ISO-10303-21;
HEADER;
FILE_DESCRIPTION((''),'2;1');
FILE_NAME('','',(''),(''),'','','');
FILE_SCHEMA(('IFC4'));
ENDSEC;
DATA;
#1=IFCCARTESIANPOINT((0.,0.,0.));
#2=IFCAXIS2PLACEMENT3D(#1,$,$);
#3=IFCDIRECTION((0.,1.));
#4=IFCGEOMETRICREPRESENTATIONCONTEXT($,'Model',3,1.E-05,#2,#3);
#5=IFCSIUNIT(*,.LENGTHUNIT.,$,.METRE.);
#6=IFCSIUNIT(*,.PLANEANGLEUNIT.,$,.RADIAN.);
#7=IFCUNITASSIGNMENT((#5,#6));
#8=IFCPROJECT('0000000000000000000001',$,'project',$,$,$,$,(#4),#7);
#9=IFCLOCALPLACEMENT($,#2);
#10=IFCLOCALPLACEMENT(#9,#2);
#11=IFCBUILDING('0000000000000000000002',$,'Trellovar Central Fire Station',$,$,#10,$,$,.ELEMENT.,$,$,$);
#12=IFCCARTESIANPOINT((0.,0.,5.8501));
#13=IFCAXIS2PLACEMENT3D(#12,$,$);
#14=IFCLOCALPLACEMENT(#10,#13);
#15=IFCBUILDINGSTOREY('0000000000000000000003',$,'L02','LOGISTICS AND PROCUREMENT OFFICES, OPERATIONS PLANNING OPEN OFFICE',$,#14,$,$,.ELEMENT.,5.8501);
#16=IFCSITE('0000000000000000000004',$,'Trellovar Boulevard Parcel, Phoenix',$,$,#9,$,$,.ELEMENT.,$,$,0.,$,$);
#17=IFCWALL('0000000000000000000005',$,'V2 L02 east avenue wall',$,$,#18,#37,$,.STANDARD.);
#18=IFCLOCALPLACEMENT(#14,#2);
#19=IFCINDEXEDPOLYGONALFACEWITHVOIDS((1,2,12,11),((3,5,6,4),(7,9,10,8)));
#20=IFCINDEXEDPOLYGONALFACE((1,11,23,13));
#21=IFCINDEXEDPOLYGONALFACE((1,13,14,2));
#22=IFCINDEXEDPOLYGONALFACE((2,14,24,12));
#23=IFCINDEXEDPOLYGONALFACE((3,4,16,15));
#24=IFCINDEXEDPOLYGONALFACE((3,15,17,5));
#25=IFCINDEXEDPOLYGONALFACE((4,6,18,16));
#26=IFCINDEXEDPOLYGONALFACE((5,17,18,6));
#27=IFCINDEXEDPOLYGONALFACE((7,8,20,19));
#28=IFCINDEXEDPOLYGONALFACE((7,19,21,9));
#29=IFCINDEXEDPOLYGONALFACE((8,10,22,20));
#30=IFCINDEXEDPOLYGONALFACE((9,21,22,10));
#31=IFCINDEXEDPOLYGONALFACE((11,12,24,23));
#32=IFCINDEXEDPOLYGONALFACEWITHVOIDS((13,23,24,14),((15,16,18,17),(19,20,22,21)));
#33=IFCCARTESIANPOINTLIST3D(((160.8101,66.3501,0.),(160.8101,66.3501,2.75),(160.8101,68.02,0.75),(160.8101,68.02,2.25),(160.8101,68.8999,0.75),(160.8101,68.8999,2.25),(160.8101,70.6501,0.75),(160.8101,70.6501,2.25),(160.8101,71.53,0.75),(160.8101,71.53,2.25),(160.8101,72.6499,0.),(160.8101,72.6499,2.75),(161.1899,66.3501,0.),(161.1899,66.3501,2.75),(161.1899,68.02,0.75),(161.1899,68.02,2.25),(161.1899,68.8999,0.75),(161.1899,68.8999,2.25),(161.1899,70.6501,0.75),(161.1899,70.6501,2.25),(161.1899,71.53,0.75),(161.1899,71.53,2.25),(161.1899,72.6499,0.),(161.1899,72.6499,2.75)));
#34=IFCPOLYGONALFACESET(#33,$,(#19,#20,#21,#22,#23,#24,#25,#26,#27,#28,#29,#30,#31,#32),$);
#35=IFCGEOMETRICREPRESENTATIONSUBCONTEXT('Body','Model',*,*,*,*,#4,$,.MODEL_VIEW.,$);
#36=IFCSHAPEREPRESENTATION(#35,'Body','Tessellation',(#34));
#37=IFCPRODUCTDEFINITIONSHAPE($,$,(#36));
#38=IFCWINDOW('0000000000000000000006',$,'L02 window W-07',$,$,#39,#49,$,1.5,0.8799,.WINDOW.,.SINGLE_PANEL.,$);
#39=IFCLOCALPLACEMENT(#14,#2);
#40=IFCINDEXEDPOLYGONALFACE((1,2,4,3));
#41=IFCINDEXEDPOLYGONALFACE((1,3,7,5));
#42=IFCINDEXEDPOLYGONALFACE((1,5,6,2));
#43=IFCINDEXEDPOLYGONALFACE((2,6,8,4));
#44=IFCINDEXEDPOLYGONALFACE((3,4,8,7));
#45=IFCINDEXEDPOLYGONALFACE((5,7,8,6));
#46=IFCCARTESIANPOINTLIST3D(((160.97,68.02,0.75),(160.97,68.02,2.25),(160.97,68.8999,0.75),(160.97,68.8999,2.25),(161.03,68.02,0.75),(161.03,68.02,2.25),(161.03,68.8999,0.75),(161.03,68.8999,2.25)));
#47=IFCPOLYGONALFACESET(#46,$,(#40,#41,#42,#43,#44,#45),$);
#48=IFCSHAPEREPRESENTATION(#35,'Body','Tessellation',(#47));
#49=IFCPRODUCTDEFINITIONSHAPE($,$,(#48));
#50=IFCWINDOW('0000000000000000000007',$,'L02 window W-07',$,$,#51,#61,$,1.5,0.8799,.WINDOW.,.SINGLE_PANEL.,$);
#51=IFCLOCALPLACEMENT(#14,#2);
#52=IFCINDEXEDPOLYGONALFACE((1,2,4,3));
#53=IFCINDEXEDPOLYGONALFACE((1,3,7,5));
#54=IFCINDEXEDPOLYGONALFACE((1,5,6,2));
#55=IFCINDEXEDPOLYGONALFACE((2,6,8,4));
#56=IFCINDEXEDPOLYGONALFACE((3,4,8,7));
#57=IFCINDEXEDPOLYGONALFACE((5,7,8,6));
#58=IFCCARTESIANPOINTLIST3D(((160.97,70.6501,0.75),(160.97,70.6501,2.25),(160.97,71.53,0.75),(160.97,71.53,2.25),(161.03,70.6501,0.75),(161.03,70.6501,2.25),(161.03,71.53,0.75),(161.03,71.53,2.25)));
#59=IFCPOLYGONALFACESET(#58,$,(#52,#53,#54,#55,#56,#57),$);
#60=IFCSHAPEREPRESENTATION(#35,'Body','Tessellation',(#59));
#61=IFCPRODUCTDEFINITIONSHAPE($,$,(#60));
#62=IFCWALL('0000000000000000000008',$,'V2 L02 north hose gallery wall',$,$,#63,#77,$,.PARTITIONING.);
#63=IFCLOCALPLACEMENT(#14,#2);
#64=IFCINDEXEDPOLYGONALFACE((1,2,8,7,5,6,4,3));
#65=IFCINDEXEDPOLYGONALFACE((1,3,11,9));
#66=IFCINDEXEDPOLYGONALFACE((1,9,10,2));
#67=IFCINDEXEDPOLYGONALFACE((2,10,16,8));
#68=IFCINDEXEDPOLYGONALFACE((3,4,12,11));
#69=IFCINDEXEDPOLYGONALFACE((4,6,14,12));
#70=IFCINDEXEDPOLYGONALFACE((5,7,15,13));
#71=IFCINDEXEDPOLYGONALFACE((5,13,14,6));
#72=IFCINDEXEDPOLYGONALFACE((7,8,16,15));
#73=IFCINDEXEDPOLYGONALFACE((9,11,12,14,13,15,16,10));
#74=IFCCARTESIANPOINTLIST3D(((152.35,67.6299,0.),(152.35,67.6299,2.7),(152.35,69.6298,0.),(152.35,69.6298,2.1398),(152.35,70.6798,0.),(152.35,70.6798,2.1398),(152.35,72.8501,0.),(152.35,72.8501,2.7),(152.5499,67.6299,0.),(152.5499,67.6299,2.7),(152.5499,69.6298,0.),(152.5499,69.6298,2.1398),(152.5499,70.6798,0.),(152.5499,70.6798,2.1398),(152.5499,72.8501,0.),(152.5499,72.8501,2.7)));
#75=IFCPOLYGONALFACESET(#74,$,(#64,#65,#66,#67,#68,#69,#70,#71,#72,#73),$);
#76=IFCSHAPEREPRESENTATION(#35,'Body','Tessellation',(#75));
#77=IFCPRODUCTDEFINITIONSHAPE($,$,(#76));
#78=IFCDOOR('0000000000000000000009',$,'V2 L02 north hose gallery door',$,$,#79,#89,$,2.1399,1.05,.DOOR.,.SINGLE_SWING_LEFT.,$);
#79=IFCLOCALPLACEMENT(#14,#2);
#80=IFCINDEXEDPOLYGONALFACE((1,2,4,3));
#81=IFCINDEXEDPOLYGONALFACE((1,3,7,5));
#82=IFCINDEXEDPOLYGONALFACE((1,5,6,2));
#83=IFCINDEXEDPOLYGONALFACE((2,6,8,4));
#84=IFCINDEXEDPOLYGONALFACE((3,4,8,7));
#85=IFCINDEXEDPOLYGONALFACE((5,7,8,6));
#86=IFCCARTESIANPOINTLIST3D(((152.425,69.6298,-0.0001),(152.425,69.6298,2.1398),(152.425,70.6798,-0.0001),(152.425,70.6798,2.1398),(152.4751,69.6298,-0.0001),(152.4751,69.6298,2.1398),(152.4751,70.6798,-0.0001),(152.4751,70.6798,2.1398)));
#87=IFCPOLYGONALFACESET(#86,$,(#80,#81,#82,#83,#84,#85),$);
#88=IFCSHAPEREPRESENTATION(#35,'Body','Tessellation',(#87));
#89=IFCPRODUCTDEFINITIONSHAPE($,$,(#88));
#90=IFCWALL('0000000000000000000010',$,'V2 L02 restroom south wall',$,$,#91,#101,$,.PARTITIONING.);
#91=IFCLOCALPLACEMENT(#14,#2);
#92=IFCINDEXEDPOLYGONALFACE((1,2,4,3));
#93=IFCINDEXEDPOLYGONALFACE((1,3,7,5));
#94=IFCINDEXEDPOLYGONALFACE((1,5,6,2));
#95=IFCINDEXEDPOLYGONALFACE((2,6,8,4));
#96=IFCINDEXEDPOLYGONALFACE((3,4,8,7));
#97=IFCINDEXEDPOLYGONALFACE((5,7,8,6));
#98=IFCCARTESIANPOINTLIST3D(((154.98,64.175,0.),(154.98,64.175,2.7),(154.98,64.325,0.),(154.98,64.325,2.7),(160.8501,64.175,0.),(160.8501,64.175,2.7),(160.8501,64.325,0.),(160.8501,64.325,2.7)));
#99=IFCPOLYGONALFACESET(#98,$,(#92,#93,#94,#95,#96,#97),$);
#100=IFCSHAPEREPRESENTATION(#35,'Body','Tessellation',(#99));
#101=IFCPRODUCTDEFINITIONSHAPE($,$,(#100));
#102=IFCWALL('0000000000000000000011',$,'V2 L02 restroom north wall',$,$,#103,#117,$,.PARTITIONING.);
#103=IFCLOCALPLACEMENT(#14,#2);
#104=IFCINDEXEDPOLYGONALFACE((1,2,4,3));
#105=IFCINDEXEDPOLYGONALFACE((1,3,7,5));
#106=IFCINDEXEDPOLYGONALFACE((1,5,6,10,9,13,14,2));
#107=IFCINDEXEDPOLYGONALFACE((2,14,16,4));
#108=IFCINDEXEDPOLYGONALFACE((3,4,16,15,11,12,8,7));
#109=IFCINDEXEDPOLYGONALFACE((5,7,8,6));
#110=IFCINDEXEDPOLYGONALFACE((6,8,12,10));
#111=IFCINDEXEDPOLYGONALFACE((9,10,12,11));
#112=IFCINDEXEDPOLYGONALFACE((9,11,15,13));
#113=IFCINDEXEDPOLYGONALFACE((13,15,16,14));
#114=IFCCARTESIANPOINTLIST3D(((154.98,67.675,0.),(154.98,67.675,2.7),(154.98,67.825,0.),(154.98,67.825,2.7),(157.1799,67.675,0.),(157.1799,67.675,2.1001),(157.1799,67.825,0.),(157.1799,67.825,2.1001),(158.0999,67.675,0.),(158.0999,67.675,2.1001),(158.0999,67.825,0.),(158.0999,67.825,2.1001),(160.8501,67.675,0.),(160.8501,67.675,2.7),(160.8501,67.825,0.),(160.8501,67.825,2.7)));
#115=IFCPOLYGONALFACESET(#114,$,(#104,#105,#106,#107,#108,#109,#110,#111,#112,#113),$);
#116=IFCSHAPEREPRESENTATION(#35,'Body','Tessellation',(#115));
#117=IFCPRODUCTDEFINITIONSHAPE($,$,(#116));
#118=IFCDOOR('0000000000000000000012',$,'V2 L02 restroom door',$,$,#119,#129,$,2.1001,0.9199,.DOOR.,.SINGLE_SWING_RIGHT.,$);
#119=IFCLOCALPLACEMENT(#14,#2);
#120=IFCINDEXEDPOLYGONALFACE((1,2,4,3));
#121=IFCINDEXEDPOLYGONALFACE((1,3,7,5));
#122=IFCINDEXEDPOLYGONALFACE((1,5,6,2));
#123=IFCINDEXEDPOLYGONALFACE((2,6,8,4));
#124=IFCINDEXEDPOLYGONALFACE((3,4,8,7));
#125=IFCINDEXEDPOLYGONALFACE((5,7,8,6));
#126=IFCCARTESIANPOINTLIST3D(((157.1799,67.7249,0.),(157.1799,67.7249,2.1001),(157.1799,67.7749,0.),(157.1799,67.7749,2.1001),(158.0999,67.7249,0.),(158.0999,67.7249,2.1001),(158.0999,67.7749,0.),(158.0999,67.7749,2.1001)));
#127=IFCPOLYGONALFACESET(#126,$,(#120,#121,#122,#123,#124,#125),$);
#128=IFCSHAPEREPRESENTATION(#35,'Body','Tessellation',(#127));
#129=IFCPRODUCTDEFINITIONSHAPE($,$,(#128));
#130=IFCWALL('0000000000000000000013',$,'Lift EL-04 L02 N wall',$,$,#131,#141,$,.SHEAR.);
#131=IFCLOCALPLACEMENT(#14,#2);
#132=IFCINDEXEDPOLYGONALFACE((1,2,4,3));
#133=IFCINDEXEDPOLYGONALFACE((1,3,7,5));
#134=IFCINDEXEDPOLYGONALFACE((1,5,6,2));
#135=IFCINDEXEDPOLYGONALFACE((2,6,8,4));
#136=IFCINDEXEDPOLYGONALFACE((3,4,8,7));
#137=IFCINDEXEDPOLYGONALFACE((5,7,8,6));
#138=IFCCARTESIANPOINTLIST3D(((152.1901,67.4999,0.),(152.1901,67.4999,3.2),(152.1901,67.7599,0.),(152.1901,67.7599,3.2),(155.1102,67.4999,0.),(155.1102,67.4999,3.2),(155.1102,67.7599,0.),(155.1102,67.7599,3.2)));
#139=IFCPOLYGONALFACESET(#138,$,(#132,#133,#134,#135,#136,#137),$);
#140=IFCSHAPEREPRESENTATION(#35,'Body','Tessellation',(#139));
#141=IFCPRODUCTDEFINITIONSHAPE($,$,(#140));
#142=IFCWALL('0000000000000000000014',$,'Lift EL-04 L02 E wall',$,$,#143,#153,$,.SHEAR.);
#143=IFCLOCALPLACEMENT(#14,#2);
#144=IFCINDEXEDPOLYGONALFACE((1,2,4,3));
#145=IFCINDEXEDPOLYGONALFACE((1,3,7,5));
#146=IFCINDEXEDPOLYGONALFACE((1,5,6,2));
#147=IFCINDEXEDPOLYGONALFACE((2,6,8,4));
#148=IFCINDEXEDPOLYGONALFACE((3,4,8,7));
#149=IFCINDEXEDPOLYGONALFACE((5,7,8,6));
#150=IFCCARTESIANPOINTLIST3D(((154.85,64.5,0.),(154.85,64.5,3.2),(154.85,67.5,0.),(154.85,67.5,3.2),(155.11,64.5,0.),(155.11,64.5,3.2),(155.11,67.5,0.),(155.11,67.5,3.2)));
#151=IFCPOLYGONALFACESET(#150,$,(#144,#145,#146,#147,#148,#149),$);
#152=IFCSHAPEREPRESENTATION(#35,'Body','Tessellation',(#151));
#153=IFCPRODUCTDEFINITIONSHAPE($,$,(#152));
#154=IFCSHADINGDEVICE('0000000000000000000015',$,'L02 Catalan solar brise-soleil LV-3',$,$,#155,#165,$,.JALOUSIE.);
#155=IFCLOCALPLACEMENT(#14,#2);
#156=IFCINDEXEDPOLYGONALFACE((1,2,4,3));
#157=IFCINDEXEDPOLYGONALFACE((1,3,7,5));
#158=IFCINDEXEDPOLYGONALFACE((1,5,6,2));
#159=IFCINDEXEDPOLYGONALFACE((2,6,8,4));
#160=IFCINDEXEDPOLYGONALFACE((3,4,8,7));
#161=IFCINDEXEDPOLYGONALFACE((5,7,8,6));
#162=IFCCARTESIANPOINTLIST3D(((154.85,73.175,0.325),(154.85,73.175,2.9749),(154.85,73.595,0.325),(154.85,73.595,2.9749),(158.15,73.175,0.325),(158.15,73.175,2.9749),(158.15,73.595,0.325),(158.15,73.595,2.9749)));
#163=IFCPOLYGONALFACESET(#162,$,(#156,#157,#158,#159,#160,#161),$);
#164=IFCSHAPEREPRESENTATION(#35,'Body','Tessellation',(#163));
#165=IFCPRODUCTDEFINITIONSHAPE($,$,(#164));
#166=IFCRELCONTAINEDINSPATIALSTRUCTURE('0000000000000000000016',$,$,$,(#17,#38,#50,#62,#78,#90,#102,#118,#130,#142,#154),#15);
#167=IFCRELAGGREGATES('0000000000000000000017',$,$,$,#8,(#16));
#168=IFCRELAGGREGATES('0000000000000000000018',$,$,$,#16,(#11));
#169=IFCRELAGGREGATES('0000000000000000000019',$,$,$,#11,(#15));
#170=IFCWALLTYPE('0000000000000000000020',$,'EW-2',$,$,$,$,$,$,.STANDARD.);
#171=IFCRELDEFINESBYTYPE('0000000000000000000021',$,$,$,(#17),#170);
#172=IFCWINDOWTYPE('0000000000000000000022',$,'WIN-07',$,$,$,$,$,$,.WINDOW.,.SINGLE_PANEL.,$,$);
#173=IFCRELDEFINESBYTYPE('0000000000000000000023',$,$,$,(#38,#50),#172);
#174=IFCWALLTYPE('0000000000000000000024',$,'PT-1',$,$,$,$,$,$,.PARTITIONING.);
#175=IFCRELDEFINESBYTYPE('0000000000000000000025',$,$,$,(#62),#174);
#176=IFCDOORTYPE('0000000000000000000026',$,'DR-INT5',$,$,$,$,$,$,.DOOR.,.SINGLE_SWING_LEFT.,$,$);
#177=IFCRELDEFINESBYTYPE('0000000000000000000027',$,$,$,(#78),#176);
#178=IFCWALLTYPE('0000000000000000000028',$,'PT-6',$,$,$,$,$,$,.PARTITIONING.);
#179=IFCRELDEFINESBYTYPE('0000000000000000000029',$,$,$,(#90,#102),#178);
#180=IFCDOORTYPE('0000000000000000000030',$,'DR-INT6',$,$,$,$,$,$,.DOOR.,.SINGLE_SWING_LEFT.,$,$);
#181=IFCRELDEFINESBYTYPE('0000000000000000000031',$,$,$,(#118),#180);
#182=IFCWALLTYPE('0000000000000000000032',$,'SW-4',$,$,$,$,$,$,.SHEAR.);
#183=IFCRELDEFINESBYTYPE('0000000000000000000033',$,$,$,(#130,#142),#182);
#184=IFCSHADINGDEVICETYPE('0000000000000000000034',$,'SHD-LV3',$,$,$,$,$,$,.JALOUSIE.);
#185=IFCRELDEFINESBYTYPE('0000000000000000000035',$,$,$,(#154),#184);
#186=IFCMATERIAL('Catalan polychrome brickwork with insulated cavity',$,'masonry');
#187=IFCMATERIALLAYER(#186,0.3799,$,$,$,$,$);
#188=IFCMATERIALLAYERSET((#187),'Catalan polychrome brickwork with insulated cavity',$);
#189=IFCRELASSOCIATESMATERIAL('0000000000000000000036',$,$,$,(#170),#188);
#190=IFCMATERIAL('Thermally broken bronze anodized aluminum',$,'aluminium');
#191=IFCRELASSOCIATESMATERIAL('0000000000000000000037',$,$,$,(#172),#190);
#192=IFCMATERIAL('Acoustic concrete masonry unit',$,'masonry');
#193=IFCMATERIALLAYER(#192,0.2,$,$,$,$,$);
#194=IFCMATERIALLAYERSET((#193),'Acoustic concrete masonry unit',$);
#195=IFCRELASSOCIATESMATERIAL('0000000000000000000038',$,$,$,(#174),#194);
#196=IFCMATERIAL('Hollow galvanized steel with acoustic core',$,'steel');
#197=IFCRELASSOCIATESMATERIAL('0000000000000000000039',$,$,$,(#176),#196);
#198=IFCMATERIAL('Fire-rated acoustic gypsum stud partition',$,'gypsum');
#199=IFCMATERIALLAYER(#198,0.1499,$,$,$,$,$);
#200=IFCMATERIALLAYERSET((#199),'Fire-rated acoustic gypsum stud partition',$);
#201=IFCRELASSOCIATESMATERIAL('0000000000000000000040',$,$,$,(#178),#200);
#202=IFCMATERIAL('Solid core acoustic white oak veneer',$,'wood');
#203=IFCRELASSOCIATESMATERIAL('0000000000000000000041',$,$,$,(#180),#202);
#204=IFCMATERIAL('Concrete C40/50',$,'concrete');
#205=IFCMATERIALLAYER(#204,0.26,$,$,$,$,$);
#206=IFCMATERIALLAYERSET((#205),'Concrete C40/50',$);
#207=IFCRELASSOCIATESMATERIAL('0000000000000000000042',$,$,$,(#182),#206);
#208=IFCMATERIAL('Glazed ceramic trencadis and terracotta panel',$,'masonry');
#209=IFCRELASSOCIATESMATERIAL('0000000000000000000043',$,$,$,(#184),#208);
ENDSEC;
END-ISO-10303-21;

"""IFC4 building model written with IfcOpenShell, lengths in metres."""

from ifc_helpers import new_model, si_unit, direction, frame, frame_2d, origin, origin_2d, place, context, subcontext, project, spatial, rectangle, extrude, material, layer, layer_set, type_object, element, fill, save


model = new_model("IFC4")

# Units and contexts
model_context = context("Model", 3, precision=1e-05, world=origin(), true_north=direction((0.0, 1.0)))
body_context = subcontext(model_context, "Body", "Model", "MODEL_VIEW")
ifc_project = project(units=[si_unit("LENGTHUNIT", "METRE"), si_unit("PLANEANGLEUNIT", "RADIAN")], contexts=[model_context])

# Site, building, storey
site_placement = place(None, origin())
site = spatial("IfcSite", under=ifc_project, at=site_placement, Name="Trellovar Boulevard Parcel, Phoenix", CompositionType="ELEMENT", RefElevation=0.0)
building_placement = place(site_placement, origin())
building = spatial("IfcBuilding", under=site, at=building_placement, Name="Trellovar Central Fire Station", CompositionType="ELEMENT")
storey_placement = place(building_placement, frame((0.0, 0.0, 5.8501)))
storey = spatial("IfcBuildingStorey", under=building, at=storey_placement, Name="L02", Description="LOGISTICS AND PROCUREMENT OFFICES, OPERATIONS PLANNING OPEN OFFICE", CompositionType="ELEMENT", Elevation=5.8501)

# Wall, openings, windows
ifc_material_1 = material(Name="Catalan polychrome brickwork with insulated cavity", Category="masonry")
ifc_layer_1 = layer(ifc_material_1, 0.3799)
ifc_layer_set_1 = layer_set([ifc_layer_1], Name="Catalan polychrome brickwork with insulated cavity")
wall_type_1 = type_object("IfcWallType", Name="EW-2", PredefinedType="STANDARD", material=ifc_layer_set_1)
ifc_material_2 = material(Name="Thermally broken bronze anodized aluminum", Category="aluminium")
window_type = type_object("IfcWindowType", Name="WIN-07", PartitioningType="SINGLE_PANEL", PredefinedType="WINDOW", material=ifc_material_2)
wall_1_placement = place(storey_placement, frame((161.0, 66.3501, 0.0), z_axis=(0.0, 0.0, 1.0), x_axis=(0.0, 1.0, 0.0)))
wall_1 = element("IfcWall", 1, at=wall_1_placement, inside=storey, type_object=wall_type_1, Name="V2 L02 east avenue wall", PredefinedType="STANDARD", context=body_context, shape_type="SweptSolid", body=[
    extrude(rectangle(XDim=6.2998, YDim=0.3799, at=frame_2d((3.1499, 0.0))), origin(), (0.0, 0.0, 1.0), 2.75),
])
opening_1_placement = place(wall_1_placement, frame((1.6699, 0.0, 0.75)))
opening_1 = element("IfcOpeningElement", 2, at=opening_1_placement, cuts=wall_1, PredefinedType="OPENING", context=body_context, shape_type="SweptSolid", body=[
    extrude(rectangle(XDim=0.8799, YDim=1.5, at=frame_2d((0.4399, 0.75))), frame((0.0, 0.2, 0.0), z_axis=(0.0, -1.0, 0.0), x_axis=(1.0, 0.0, 0.0)), (0.0, 0.0, 1.0), 0.3999),
])
opening_2_placement = place(wall_1_placement, frame((4.3, 0.0, 0.75)))
opening_2 = element("IfcOpeningElement", 3, at=opening_2_placement, cuts=wall_1, PredefinedType="OPENING", context=body_context, shape_type="SweptSolid", body=[
    extrude(rectangle(XDim=0.8799, YDim=1.5, at=frame_2d((0.4399, 0.75))), frame((0.0, 0.2, 0.0), z_axis=(0.0, -1.0, 0.0), x_axis=(1.0, 0.0, 0.0)), (0.0, 0.0, 1.0), 0.3999),
])
window_1_placement = place(opening_1_placement, origin())
window_1 = element("IfcWindow", 4, at=window_1_placement, inside=storey, type_object=window_type, Name="L02 window W-07", OverallHeight=1.5, OverallWidth=0.8799, PartitioningType="SINGLE_PANEL", PredefinedType="WINDOW", context=body_context, shape_type="SweptSolid", body=[
    extrude(rectangle(XDim=0.8799, YDim=1.5, at=frame_2d((0.4399, 0.75))), frame((0.0, 0.03, 0.0), z_axis=(0.0, -1.0, 0.0), x_axis=(1.0, 0.0, 0.0)), (0.0, 0.0, 1.0), 0.0601),
])
fill(opening_1, window_1)
window_2_placement = place(opening_2_placement, origin())
window_2 = element("IfcWindow", 5, at=window_2_placement, inside=storey, type_object=window_type, Name="L02 window W-07", OverallHeight=1.5, OverallWidth=0.8799, PartitioningType="SINGLE_PANEL", PredefinedType="WINDOW", context=body_context, shape_type="SweptSolid", body=[
    extrude(rectangle(XDim=0.8799, YDim=1.5, at=frame_2d((0.4399, 0.75))), frame((0.0, 0.03, 0.0), z_axis=(0.0, -1.0, 0.0), x_axis=(1.0, 0.0, 0.0)), (0.0, 0.0, 1.0), 0.0601),
])
fill(opening_2, window_2)

# Wall, opening, door
ifc_material_3 = material(Name="Acoustic concrete masonry unit", Category="masonry")
ifc_layer_2 = layer(ifc_material_3, 0.2)
ifc_layer_set_2 = layer_set([ifc_layer_2], Name="Acoustic concrete masonry unit")
wall_type_2 = type_object("IfcWallType", Name="PT-1", PredefinedType="PARTITIONING", material=ifc_layer_set_2)
wall_2_placement = place(storey_placement, frame((152.45, 67.6299, 0.0), z_axis=(0.0, 0.0, 1.0), x_axis=(0.0, 1.0, 0.0)))
wall_2 = element("IfcWall", 6, at=wall_2_placement, inside=storey, type_object=wall_type_2, Name="V2 L02 north hose gallery wall", PredefinedType="PARTITIONING", context=body_context, shape_type="SweptSolid", body=[
    extrude(rectangle(XDim=5.2202, YDim=0.2, at=frame_2d((2.6101, 0.0))), origin(), (0.0, 0.0, 1.0), 2.7),
])
opening_3_placement = place(wall_2_placement, frame((2.0, 0.0, 0.0)))
opening_3 = element("IfcOpeningElement", 7, at=opening_3_placement, cuts=wall_2, PredefinedType="OPENING", context=body_context, shape_type="SweptSolid", body=[
    extrude(rectangle(XDim=1.05, YDim=2.1399, at=frame_2d((0.5249, 1.0698))), frame((0.0, 0.1099, 0.0), z_axis=(0.0, -1.0, 0.0), x_axis=(1.0, 0.0, 0.0)), (0.0, 0.0, 1.0), 0.22),
])
ifc_material_4 = material(Name="Hollow galvanized steel with acoustic core", Category="steel")
door_type_1 = type_object("IfcDoorType", Name="DR-INT5", OperationType="SINGLE_SWING_LEFT", PredefinedType="DOOR", material=ifc_material_4)
door_1_placement = place(opening_3_placement, origin())
door_1 = element("IfcDoor", 8, at=door_1_placement, inside=storey, type_object=door_type_1, Name="V2 L02 north hose gallery door", OperationType="SINGLE_SWING_LEFT", OverallHeight=2.1399, OverallWidth=1.05, PredefinedType="DOOR", context=body_context, shape_type="SweptSolid", body=[
    extrude(rectangle(XDim=1.05, YDim=2.1399, at=frame_2d((0.5249, 1.0698))), frame((0.0, 0.0249, 0.0), z_axis=(0.0, -1.0, 0.0), x_axis=(1.0, 0.0, 0.0)), (0.0, 0.0, 1.0), 0.05),
])
fill(opening_3, door_1)

# Wall
ifc_material_5 = material(Name="Fire-rated acoustic gypsum stud partition", Category="gypsum")
ifc_layer_3 = layer(ifc_material_5, 0.1499)
ifc_layer_set_3 = layer_set([ifc_layer_3], Name="Fire-rated acoustic gypsum stud partition")
wall_type_3 = type_object("IfcWallType", Name="PT-6", PredefinedType="PARTITIONING", material=ifc_layer_set_3)
wall_3_placement = place(storey_placement, frame((154.98, 64.25, 0.0), z_axis=(0.0, 0.0, 1.0), x_axis=(1.0, 0.0, 0.0)))
element("IfcWall", 9, at=wall_3_placement, inside=storey, type_object=wall_type_3, Name="V2 L02 restroom south wall", PredefinedType="PARTITIONING", context=body_context, shape_type="SweptSolid", body=[
    extrude(rectangle(XDim=5.8701, YDim=0.1499, at=frame_2d((2.9351, 0.0))), origin(), (0.0, 0.0, 1.0), 2.7),
])

# Wall, opening, door
wall_4_placement = place(storey_placement, frame((154.98, 67.75, 0.0), z_axis=(0.0, 0.0, 1.0), x_axis=(1.0, 0.0, 0.0)))
wall_4 = element("IfcWall", 10, at=wall_4_placement, inside=storey, type_object=wall_type_3, Name="V2 L02 restroom north wall", PredefinedType="PARTITIONING", context=body_context, shape_type="SweptSolid", body=[
    extrude(rectangle(XDim=5.8701, YDim=0.1499, at=frame_2d((2.9351, 0.0))), origin(), (0.0, 0.0, 1.0), 2.7),
])
opening_4_placement = place(wall_4_placement, frame((2.2, 0.0, 0.0)))
opening_4 = element("IfcOpeningElement", 11, at=opening_4_placement, cuts=wall_4, PredefinedType="OPENING", context=body_context, shape_type="SweptSolid", body=[
    extrude(rectangle(XDim=0.9199, YDim=2.1001, at=frame_2d((0.46, 1.05))), frame((0.0, 0.085, 0.0), z_axis=(0.0, -1.0, 0.0), x_axis=(1.0, 0.0, 0.0)), (0.0, 0.0, 1.0), 0.1699),
])
ifc_material_6 = material(Name="Solid core acoustic white oak veneer", Category="wood")
door_type_2 = type_object("IfcDoorType", Name="DR-INT6", OperationType="SINGLE_SWING_LEFT", PredefinedType="DOOR", material=ifc_material_6)
door_2_placement = place(opening_4_placement, origin())
door_2 = element("IfcDoor", 12, at=door_2_placement, inside=storey, type_object=door_type_2, Name="V2 L02 restroom door", OperationType="SINGLE_SWING_RIGHT", OverallHeight=2.1001, OverallWidth=0.9199, PredefinedType="DOOR", context=body_context, shape_type="SweptSolid", body=[
    extrude(rectangle(XDim=0.9199, YDim=2.1001, at=frame_2d((0.46, 1.05))), frame((0.0, 0.0249, 0.0), z_axis=(0.0, -1.0, 0.0), x_axis=(1.0, 0.0, 0.0)), (0.0, 0.0, 1.0), 0.05),
])
fill(opening_4, door_2)

# Wall
ifc_material_7 = material(Name="Concrete C40/50", Category="concrete")
ifc_layer_4 = layer(ifc_material_7, 0.26)
ifc_layer_set_4 = layer_set([ifc_layer_4], Name="Concrete C40/50")
wall_type_4 = type_object("IfcWallType", Name="SW-4", PredefinedType="SHEAR", material=ifc_layer_set_4)
wall_5_placement = place(storey_placement, frame((155.1101, 67.6299, 0.0), z_axis=(0.0, 0.0, 1.0), x_axis=(-1.0, 0.0, 0.0)))
element("IfcWall", 13, at=wall_5_placement, inside=storey, type_object=wall_type_4, Name="Lift EL-04 L02 N wall", PredefinedType="SHEAR", context=body_context, shape_type="SweptSolid", body=[
    extrude(rectangle(XDim=2.9202, YDim=0.26, at=frame_2d((1.46, 0.0))), origin(), (0.0, 0.0, 1.0), 3.2),
])

# Wall
wall_6_placement = place(storey_placement, frame((154.98, 64.5, 0.0), z_axis=(0.0, 0.0, 1.0), x_axis=(0.0, 1.0, 0.0)))
element("IfcWall", 14, at=wall_6_placement, inside=storey, type_object=wall_type_4, Name="Lift EL-04 L02 E wall", PredefinedType="SHEAR", context=body_context, shape_type="SweptSolid", body=[
    extrude(rectangle(XDim=3.0, YDim=0.26, at=frame_2d((1.5, 0.0))), origin(), (0.0, 0.0, 1.0), 3.2),
])

# Shading device
ifc_material_8 = material(Name="Glazed ceramic trencadis and terracotta panel", Category="masonry")
shading_device_type = type_object("IfcShadingDeviceType", Name="SHD-LV3", PredefinedType="JALOUSIE", material=ifc_material_8)
for number, where, z_axis, x_axis, name in (
    (15, (156.5, 73.385, 0.325), (0.0, 0.0, 1.0), (1.0, 0.0, 0.0), "L02 Catalan solar brise-soleil LV-3"),
):
    element("IfcShadingDevice", number, at=place(storey_placement, frame(where, z_axis=z_axis, x_axis=x_axis)), inside=storey, type_object=shading_device_type, Name=name, PredefinedType="JALOUSIE", context=body_context, shape_type="SweptSolid", body=[
        extrude(rectangle(XDim=3.3, YDim=0.4199, at=origin_2d()), origin(), (0.0, 0.0, 1.0), 2.6499),
    ])

save(model, "model.ifc")
